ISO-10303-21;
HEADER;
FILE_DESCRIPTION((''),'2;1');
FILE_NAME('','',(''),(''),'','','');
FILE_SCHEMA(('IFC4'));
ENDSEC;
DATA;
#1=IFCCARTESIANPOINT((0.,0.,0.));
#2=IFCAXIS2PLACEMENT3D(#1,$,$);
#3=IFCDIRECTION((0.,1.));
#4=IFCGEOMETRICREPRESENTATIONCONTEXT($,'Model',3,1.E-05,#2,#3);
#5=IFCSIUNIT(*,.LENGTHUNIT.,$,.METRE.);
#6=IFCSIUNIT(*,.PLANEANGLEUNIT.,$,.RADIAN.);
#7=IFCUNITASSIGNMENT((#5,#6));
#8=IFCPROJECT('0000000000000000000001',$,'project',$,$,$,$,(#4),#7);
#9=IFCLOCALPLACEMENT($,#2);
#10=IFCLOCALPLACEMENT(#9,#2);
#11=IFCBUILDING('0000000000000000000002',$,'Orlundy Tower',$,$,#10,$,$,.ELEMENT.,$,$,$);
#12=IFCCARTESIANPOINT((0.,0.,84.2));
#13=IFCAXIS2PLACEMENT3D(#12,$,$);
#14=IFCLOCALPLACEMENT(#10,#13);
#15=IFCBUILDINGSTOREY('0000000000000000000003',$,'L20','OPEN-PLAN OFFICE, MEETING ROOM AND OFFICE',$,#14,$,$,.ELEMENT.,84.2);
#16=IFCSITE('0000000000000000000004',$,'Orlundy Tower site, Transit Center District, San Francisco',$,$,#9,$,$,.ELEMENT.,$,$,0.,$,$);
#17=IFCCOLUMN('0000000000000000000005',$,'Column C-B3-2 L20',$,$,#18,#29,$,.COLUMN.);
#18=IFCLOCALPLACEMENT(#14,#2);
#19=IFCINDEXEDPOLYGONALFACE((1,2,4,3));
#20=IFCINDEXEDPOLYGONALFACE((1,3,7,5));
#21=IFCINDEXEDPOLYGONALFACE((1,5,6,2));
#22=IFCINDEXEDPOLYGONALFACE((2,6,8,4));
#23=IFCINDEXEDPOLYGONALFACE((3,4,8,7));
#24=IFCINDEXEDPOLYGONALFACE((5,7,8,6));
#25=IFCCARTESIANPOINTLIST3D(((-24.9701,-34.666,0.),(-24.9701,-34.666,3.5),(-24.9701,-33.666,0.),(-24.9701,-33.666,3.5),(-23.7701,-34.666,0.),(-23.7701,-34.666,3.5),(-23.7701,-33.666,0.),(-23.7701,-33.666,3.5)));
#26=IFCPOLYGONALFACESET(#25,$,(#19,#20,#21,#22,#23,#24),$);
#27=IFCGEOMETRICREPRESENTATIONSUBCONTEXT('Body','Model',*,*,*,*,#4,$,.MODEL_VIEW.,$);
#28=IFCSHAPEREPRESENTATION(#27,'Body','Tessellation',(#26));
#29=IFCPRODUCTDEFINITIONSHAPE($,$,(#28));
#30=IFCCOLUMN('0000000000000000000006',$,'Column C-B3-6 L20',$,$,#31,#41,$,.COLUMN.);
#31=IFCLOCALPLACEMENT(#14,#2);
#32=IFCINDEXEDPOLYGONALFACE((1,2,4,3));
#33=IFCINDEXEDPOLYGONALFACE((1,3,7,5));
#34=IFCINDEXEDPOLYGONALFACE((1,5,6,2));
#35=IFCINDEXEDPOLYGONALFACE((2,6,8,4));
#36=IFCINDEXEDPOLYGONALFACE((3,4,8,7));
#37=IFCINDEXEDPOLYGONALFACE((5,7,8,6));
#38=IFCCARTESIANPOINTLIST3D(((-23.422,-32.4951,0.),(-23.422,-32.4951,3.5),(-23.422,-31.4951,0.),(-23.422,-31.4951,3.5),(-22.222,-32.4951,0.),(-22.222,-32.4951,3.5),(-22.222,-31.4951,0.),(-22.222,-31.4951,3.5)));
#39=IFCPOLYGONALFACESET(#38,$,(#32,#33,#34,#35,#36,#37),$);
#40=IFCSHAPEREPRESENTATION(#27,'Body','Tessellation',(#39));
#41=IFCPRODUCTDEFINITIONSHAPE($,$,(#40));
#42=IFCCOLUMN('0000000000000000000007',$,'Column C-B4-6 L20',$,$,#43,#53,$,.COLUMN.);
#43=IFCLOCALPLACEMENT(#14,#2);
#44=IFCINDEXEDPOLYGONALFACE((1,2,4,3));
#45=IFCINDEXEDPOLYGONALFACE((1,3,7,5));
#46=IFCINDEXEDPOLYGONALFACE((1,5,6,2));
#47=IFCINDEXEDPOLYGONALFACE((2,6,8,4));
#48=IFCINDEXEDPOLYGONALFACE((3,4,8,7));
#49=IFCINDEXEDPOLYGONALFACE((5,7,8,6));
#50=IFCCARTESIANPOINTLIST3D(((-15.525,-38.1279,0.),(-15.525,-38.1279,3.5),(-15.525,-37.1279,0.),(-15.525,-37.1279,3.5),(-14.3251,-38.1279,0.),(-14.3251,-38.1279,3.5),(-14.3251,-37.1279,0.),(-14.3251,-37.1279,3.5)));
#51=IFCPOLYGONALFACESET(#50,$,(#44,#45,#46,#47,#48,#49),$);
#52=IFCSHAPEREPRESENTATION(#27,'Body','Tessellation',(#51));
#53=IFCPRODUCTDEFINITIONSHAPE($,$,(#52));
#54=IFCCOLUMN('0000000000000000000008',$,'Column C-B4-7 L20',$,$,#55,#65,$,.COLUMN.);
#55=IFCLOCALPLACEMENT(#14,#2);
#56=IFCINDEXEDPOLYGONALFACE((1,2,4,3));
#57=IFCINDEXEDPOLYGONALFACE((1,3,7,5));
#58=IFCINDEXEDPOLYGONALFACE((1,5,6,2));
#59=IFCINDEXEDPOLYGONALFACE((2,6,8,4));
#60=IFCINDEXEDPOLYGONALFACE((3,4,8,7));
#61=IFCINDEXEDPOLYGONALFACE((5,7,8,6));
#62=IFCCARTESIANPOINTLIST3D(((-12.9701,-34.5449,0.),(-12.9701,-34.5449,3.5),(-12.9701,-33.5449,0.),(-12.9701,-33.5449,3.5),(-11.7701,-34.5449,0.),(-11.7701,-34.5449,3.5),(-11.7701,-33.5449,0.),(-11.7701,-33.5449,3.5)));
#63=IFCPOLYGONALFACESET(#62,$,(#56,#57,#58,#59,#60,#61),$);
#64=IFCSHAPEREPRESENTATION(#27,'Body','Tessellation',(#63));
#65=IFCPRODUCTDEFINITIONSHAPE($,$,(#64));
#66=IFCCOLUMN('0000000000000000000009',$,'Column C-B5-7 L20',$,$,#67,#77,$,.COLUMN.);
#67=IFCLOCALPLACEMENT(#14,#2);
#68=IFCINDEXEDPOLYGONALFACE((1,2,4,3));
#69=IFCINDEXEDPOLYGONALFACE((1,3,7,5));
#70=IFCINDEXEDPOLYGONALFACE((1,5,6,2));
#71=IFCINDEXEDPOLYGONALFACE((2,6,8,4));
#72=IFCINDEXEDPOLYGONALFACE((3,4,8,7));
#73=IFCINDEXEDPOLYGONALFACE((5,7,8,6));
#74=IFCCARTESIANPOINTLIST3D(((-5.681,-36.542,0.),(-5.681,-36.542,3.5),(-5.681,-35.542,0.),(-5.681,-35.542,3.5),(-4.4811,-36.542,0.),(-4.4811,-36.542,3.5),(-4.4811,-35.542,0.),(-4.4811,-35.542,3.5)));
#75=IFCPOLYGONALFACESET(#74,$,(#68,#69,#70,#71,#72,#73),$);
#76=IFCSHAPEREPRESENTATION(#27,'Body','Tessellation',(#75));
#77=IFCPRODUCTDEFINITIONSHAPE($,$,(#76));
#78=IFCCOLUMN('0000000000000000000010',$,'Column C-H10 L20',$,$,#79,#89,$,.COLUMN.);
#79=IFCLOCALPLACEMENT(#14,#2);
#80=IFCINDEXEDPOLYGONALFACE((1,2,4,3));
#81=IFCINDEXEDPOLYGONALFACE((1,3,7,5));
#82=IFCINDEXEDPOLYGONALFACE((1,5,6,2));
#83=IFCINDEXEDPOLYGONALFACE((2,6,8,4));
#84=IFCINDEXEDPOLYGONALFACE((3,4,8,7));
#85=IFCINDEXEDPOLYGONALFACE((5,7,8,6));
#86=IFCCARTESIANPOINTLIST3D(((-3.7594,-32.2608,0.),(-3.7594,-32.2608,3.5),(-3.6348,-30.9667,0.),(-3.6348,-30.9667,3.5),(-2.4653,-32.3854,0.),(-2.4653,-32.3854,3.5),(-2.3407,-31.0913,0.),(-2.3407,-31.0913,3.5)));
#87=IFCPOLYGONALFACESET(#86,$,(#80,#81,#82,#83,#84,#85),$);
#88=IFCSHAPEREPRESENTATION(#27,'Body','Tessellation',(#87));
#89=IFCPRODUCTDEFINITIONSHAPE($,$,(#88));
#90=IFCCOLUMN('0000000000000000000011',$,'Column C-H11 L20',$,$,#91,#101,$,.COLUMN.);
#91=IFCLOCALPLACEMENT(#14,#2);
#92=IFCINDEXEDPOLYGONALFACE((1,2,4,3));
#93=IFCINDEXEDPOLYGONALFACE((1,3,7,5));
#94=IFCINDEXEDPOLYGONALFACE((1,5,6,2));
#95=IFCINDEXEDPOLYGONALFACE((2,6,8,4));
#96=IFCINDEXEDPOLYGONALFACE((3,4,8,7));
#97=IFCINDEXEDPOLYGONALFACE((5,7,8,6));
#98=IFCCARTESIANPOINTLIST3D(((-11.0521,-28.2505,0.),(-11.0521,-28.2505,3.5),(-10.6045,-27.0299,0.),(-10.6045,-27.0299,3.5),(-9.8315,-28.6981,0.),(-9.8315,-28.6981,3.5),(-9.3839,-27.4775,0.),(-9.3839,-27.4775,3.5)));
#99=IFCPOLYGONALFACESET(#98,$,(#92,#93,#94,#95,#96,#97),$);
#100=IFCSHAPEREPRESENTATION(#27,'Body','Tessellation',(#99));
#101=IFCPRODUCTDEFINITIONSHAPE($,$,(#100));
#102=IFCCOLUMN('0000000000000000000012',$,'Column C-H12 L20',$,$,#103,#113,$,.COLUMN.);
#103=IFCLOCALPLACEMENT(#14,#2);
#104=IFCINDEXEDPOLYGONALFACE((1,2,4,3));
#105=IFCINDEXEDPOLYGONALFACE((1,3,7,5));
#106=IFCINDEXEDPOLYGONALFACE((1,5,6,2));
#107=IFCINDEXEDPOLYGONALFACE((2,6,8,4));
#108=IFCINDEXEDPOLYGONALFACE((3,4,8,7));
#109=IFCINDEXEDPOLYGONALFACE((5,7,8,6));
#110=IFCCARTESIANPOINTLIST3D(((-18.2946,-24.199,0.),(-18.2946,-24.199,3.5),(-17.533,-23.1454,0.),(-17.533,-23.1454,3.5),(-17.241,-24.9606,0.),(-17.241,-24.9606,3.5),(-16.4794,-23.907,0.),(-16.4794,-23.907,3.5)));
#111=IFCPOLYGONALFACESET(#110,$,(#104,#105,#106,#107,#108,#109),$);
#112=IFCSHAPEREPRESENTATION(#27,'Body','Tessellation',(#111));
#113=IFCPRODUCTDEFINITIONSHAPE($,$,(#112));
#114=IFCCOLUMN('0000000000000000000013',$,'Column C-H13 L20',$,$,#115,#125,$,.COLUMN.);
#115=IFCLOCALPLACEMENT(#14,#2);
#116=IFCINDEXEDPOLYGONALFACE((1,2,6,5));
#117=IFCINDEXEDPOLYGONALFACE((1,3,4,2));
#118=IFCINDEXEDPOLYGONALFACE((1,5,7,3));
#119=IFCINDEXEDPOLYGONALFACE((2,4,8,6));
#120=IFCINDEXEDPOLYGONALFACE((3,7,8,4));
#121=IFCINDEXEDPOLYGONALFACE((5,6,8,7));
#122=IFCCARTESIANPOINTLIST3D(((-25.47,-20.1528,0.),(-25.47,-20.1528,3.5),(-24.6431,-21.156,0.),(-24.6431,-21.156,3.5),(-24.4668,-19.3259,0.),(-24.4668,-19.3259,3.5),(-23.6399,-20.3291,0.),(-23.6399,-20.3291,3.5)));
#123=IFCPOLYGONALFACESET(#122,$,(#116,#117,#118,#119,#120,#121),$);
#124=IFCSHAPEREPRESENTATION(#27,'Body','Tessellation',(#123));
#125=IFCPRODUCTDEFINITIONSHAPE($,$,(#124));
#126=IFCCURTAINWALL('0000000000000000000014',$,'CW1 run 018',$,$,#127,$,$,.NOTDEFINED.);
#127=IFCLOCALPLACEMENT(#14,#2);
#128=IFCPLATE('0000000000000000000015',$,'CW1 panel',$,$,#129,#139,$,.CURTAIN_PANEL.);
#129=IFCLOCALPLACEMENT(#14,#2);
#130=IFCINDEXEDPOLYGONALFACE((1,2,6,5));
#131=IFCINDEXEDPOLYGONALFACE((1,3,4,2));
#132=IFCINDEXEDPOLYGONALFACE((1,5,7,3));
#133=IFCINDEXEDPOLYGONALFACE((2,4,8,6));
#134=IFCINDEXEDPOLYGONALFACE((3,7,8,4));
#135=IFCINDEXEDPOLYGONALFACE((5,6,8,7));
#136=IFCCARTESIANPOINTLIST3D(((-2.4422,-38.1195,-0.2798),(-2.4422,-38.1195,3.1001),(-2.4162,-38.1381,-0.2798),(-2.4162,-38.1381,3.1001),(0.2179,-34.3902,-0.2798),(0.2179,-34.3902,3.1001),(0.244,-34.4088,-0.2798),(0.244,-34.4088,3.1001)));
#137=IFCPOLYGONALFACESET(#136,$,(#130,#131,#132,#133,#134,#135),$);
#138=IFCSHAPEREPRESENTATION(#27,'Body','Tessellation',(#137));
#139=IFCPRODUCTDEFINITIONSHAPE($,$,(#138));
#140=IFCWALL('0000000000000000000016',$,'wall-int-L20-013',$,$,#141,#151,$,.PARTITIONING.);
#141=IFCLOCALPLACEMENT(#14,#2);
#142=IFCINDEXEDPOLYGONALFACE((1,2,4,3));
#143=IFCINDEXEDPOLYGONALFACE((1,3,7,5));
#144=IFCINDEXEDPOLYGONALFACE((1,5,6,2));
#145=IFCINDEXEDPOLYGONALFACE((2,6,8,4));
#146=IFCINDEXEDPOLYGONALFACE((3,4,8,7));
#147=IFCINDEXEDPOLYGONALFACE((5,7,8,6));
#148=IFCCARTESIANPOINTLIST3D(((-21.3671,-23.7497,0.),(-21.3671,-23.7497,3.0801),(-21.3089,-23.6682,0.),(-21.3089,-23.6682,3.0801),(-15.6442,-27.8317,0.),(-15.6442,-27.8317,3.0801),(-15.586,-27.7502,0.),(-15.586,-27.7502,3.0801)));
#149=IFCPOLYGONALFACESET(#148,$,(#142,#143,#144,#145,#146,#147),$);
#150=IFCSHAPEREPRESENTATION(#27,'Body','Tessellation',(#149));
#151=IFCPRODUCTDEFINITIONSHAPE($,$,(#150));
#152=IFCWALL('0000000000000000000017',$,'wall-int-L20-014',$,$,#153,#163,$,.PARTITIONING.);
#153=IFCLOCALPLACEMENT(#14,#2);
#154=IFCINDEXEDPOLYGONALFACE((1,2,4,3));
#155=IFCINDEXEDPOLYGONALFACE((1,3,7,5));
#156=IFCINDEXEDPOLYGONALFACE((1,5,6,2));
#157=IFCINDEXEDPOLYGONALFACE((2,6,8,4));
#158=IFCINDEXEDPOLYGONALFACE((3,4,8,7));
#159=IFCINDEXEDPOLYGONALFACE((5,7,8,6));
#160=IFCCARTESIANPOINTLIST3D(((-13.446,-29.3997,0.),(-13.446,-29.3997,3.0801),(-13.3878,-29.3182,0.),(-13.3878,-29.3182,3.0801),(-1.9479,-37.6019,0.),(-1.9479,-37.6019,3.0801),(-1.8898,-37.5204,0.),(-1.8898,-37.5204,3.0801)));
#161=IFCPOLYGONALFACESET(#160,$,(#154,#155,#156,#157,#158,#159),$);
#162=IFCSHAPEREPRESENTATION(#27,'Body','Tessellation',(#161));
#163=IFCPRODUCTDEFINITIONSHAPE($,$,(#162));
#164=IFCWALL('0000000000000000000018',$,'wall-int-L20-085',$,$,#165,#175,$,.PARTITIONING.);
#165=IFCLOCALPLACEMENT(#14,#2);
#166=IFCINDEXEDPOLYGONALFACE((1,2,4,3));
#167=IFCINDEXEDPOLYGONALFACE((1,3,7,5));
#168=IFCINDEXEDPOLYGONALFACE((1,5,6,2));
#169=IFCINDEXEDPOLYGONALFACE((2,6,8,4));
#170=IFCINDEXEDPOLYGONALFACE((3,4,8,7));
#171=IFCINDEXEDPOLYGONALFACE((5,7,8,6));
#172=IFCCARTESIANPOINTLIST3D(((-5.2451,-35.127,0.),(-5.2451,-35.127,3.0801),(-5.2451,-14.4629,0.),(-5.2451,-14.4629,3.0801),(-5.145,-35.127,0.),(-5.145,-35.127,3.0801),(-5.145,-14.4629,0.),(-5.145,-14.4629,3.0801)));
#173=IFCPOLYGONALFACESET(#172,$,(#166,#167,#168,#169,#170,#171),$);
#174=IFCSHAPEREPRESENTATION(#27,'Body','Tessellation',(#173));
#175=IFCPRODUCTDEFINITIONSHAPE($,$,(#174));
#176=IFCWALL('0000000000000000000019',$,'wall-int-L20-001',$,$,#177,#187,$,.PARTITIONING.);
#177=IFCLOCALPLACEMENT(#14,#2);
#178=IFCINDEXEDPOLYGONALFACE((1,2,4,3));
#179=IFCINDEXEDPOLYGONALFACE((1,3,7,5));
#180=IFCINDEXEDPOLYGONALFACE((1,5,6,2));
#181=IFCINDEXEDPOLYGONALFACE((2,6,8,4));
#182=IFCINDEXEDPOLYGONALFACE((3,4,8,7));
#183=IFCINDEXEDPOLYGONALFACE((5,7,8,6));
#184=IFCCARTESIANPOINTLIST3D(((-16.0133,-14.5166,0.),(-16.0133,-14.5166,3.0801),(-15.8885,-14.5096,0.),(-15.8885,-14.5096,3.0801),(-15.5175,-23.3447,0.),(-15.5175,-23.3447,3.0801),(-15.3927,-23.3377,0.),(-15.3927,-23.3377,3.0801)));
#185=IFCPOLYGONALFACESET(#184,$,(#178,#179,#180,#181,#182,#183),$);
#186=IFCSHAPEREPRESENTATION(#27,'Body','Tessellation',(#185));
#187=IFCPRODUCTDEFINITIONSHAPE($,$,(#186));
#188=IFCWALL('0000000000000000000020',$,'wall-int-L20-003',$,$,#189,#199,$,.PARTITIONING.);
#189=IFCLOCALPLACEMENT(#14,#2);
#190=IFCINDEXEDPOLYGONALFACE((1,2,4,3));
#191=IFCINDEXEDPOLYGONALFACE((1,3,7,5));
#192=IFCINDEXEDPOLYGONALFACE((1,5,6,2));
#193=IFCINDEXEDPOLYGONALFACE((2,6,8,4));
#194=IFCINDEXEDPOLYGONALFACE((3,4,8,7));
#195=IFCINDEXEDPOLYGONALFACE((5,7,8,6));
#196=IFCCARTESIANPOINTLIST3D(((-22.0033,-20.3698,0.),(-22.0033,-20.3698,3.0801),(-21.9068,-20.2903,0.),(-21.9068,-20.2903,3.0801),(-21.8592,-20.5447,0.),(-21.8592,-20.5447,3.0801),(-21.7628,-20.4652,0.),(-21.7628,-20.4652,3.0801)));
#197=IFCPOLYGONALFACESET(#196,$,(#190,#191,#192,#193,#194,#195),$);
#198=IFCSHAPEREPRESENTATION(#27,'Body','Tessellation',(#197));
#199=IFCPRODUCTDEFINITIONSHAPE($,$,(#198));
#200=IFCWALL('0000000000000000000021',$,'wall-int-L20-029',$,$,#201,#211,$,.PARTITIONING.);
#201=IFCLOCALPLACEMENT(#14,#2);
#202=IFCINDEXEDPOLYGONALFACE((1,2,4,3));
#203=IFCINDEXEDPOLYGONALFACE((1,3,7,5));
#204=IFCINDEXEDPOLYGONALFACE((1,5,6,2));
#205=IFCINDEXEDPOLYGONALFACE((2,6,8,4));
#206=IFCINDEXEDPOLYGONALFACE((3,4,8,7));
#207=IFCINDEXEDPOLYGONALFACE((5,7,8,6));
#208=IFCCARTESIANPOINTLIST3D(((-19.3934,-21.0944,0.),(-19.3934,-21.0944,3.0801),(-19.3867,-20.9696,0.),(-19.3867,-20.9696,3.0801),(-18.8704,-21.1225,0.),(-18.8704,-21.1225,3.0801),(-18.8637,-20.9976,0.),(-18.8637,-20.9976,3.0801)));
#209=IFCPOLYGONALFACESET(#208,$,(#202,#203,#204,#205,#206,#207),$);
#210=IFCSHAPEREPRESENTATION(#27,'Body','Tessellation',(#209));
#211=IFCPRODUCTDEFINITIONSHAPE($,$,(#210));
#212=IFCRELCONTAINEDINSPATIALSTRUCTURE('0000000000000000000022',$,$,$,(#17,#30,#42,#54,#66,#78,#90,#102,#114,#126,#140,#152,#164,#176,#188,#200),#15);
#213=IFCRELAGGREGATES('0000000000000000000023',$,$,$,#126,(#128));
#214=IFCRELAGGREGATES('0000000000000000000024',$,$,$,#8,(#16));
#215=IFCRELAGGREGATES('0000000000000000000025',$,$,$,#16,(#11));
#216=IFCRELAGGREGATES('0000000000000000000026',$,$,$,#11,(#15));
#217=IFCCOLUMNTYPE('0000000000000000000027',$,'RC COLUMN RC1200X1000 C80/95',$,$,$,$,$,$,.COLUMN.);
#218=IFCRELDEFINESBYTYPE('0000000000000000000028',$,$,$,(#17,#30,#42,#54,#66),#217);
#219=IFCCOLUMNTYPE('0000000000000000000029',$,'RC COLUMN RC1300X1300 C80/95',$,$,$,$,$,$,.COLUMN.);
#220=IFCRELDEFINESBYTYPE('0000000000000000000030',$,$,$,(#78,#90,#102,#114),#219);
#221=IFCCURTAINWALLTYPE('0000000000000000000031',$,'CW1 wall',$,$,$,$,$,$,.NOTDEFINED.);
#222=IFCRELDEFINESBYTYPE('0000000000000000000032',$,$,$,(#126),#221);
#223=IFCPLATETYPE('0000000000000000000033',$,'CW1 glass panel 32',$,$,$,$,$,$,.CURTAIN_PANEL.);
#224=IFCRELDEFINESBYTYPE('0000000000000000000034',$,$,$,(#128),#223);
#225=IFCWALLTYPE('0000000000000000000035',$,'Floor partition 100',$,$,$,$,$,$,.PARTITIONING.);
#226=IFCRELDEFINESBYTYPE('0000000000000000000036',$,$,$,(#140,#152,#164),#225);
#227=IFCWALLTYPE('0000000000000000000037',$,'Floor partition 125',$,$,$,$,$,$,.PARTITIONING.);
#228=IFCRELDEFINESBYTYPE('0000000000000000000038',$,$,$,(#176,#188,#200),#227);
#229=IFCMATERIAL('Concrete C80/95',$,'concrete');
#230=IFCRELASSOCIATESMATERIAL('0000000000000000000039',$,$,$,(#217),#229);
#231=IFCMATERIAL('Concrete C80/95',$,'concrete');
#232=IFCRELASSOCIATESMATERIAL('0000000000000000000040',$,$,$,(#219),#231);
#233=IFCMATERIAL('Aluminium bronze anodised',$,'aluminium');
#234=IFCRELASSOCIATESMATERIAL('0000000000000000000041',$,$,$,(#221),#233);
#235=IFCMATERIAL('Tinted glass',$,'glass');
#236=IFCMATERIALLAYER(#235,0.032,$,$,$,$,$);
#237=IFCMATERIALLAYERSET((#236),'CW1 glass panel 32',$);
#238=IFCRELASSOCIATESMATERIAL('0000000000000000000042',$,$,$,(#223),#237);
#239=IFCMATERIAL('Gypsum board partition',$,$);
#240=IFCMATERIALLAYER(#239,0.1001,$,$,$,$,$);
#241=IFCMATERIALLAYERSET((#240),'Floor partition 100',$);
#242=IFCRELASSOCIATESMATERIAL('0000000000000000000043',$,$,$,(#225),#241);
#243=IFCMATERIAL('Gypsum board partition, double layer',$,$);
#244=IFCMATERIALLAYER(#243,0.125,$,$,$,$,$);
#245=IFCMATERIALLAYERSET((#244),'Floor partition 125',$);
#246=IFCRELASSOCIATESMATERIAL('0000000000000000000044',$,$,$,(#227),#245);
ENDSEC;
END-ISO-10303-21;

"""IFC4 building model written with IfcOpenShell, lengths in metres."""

from ifc_helpers import new_model, si_unit, direction, frame, frame_2d, origin, origin_2d, place, context, subcontext, project, spatial, rectangle, extrude, material, layer, layer_set, material_profile, profile_set, type_object, element, aggregate, save


model = new_model("IFC4")

# Units and contexts
model_context = context("Model", 3, precision=1e-05, world=origin(), true_north=direction((0.0, 1.0)))
body_context = subcontext(model_context, "Body", "Model", "MODEL_VIEW")
ifc_project = project(units=[si_unit("LENGTHUNIT", "METRE"), si_unit("PLANEANGLEUNIT", "RADIAN")], contexts=[model_context])

# Site, building, storey
site_placement = place(None, origin())
site = spatial("IfcSite", under=ifc_project, at=site_placement, Name="Orlundy Tower site, Transit Center District, San Francisco", CompositionType="ELEMENT", RefElevation=0.0)
building_placement = place(site_placement, origin())
building = spatial("IfcBuilding", under=site, at=building_placement, Name="Orlundy Tower", CompositionType="ELEMENT")
storey_placement = place(building_placement, frame((0.0, 0.0, 84.2)))
storey = spatial("IfcBuildingStorey", under=building, at=storey_placement, Name="L20", Description="OPEN-PLAN OFFICE, MEETING ROOM AND OFFICE", CompositionType="ELEMENT", Elevation=84.2)

# Columns
ifc_material_1 = material(Name="Concrete C80/95", Category="concrete")
ifc_material_profile_1 = material_profile(ifc_material_1, rectangle(XDim=1.2, YDim=1.0, at=origin_2d()), Name="RC1200X1000")
ifc_profile_set_1 = profile_set([ifc_material_profile_1], Name="Concrete C80/95")
column_type_1 = type_object("IfcColumnType", Name="RC COLUMN RC1200X1000 C80/95", PredefinedType="COLUMN", material=ifc_profile_set_1)
for number, where, z_axis, x_axis, name in (
    (1, (-24.3701, -34.166, 0.0), (0.0, 0.0, 1.0), (1.0, 0.0, 0.0), "Column C-B3-2 L20"),
    (2, (-22.822, -31.9951, 0.0), (0.0, 0.0, 1.0), (1.0, 0.0, 0.0), "Column C-B3-6 L20"),
    (3, (-14.925, -37.6279, 0.0), (0.0, 0.0, 1.0), (1.0, 0.0, 0.0), "Column C-B4-6 L20"),
    (4, (-12.3701, -34.0449, 0.0), (0.0, 0.0, 1.0), (1.0, 0.0, 0.0), "Column C-B4-7 L20"),
    (5, (-5.0811, -36.042, 0.0), (0.0, 0.0, 1.0), (1.0, 0.0, 0.0), "Column C-B5-7 L20"),
):
    element("IfcColumn", number, at=place(storey_placement, frame(where, z_axis=z_axis, x_axis=x_axis)), inside=storey, type_object=column_type_1, Name=name, PredefinedType="COLUMN", context=body_context, shape_type="SweptSolid", body=[
        extrude(rectangle(XDim=1.2, YDim=1.0, at=origin_2d()), origin(), (0.0, 0.0, 1.0), 3.5),
    ])
ifc_material_2 = material(Name="Concrete C80/95", Category="concrete")
ifc_material_profile_2 = material_profile(ifc_material_2, rectangle(XDim=1.3, YDim=1.3, at=origin_2d()), Name="RC1300X1300")
ifc_profile_set_2 = profile_set([ifc_material_profile_2], Name="Concrete C80/95")
column_type_2 = type_object("IfcColumnType", Name="RC COLUMN RC1300X1300 C80/95", PredefinedType="COLUMN", material=ifc_profile_set_2)
for number, where, z_axis, x_axis, name in (
    (6, (-3.05, -31.676, 0.0), (0.0, 0.0, 1.0), (-0.095846, -0.995396, 0.0), "Column C-H10 L20"),
    (7, (-10.218, -27.864, 0.0), (0.0, 0.0, 1.0), (-0.344282, -0.938866, 0.0), "Column C-H11 L20"),
    (8, (-17.387, -24.053, 0.0), (0.0, 0.0, 1.0), (-0.585835, -0.81043, 0.0), "Column C-H12 L20"),
    (9, (-24.5549, -20.241, 0.0), (0.0, 0.0, 1.0), (-0.771636, -0.636065, 0.0), "Column C-H13 L20"),
):
    element("IfcColumn", number, at=place(storey_placement, frame(where, z_axis=z_axis, x_axis=x_axis)), inside=storey, type_object=column_type_2, Name=name, PredefinedType="COLUMN", context=body_context, shape_type="SweptSolid", body=[
        extrude(rectangle(XDim=1.3, YDim=1.3, at=origin_2d()), origin(), (0.0, 0.0, 1.0), 3.5),
    ])

# Curtain wall, plate
ifc_material_3 = material(Name="Aluminium bronze anodised", Category="aluminium")
curtain_wall_type = type_object("IfcCurtainWallType", Name="CW1 wall", PredefinedType="NOTDEFINED", material=ifc_material_3)
curtain_wall_placement = place(storey_placement, origin())
curtain_wall = element("IfcCurtainWall", 10, at=curtain_wall_placement, inside=storey, type_object=curtain_wall_type, Name="CW1 run 018", PredefinedType="NOTDEFINED")
ifc_material_4 = material(Name="Tinted glass", Category="glass")
ifc_layer_1 = layer(ifc_material_4, 0.032)
ifc_layer_set_1 = layer_set([ifc_layer_1], Name="CW1 glass panel 32")
plate_type = type_object("IfcPlateType", Name="CW1 glass panel 32", PredefinedType="CURTAIN_PANEL", material=ifc_layer_set_1)
plate_placement = place(storey_placement, frame((-1.0991, -36.2642, -0.2798), z_axis=(0.0, 0.0, 1.0), x_axis=(-0.58071, -0.81411, 0.0)))
plate = element("IfcPlate", 11, at=plate_placement, type_object=plate_type, Name="CW1 panel", PredefinedType="CURTAIN_PANEL", context=body_context, shape_type="SweptSolid", body=[
    extrude(rectangle(XDim=4.5808, YDim=0.032, at=origin_2d()), origin(), (0.0, 0.0, 1.0), 3.3799),
])
aggregate(curtain_wall, [plate])

# Walls
ifc_material_5 = material(Name="Gypsum board partition")
ifc_layer_2 = layer(ifc_material_5, 0.1001)
ifc_layer_set_2 = layer_set([ifc_layer_2], Name="Floor partition 100")
wall_type_1 = type_object("IfcWallType", Name="Floor partition 100", PredefinedType="PARTITIONING", material=ifc_layer_set_2)
wall_1_placement = place(storey_placement, frame((-21.3379, -23.709, 0.0), z_axis=(0.0, 0.0, 1.0), x_axis=(0.81412, -0.580696, 0.0)))
element("IfcWall", 12, at=wall_1_placement, inside=storey, type_object=wall_type_1, Name="wall-int-L20-013", PredefinedType="PARTITIONING", context=body_context, shape_type="SweptSolid", body=[
    extrude(rectangle(XDim=7.0295, YDim=0.1001, at=frame_2d((3.5146, 0.0))), origin(), (0.0, 0.0, 1.0), 3.0801),
])
wall_2_placement = place(storey_placement, frame((-13.417, -29.3589, 0.0), z_axis=(0.0, 0.0, 1.0), x_axis=(0.814093, -0.580734, 0.0)))
element("IfcWall", 13, at=wall_2_placement, inside=storey, type_object=wall_type_1, Name="wall-int-L20-014", PredefinedType="PARTITIONING", context=body_context, shape_type="SweptSolid", body=[
    extrude(rectangle(XDim=14.1238, YDim=0.1001, at=frame_2d((7.062, 0.0))), origin(), (0.0, 0.0, 1.0), 3.0801),
])
wall_3_placement = place(storey_placement, frame((-5.1951, -35.127, 0.0), z_axis=(0.0, 0.0, 1.0), x_axis=(0.0, 1.0, 0.0)))
element("IfcWall", 14, at=wall_3_placement, inside=storey, type_object=wall_type_1, Name="wall-int-L20-085", PredefinedType="PARTITIONING", context=body_context, shape_type="SweptSolid", body=[
    extrude(rectangle(XDim=20.6641, YDim=0.1001, at=frame_2d((10.332, 0.0))), origin(), (0.0, 0.0, 1.0), 3.0801),
])
ifc_material_6 = material(Name="Gypsum board partition, double layer")
ifc_layer_3 = layer(ifc_material_6, 0.125)
ifc_layer_set_3 = layer_set([ifc_layer_3], Name="Floor partition 125")
wall_type_2 = type_object("IfcWallType", Name="Floor partition 125", PredefinedType="PARTITIONING", material=ifc_layer_set_3)
wall_4_placement = place(storey_placement, frame((-15.4551, -23.3411, 0.0), z_axis=(0.0, 0.0, 1.0), x_axis=(-0.056079, 0.998426, 0.0)))
element("IfcWall", 15, at=wall_4_placement, inside=storey, type_object=wall_type_2, Name="wall-int-L20-001", PredefinedType="PARTITIONING", context=body_context, shape_type="SweptSolid", body=[
    extrude(rectangle(XDim=8.842, YDim=0.125, at=frame_2d((4.4209, 0.0))), origin(), (0.0, 0.0, 1.0), 3.0801),
])
wall_5_placement = place(storey_placement, frame((-21.9551, -20.3301, 0.0), z_axis=(0.0, 0.0, 1.0), x_axis=(0.635934, -0.771744, 0.0)))
element("IfcWall", 16, at=wall_5_placement, inside=storey, type_object=wall_type_2, Name="wall-int-L20-003", PredefinedType="PARTITIONING", context=body_context, shape_type="SweptSolid", body=[
    extrude(rectangle(XDim=0.2266, YDim=0.125, at=frame_2d((0.1133, 0.0))), origin(), (0.0, 0.0, 1.0), 3.0801),
])
wall_6_placement = place(storey_placement, frame((-19.3899, -21.032, 0.0), z_axis=(0.0, 0.0, 1.0), x_axis=(0.998562, -0.053611, 0.0)))
element("IfcWall", 17, at=wall_6_placement, inside=storey, type_object=wall_type_2, Name="wall-int-L20-029", PredefinedType="PARTITIONING", context=body_context, shape_type="SweptSolid", body=[
    extrude(rectangle(XDim=0.5237, YDim=0.125, at=frame_2d((0.2617, 0.0))), origin(), (0.0, 0.0, 1.0), 3.0801),
])

save(model, "model.ifc")
